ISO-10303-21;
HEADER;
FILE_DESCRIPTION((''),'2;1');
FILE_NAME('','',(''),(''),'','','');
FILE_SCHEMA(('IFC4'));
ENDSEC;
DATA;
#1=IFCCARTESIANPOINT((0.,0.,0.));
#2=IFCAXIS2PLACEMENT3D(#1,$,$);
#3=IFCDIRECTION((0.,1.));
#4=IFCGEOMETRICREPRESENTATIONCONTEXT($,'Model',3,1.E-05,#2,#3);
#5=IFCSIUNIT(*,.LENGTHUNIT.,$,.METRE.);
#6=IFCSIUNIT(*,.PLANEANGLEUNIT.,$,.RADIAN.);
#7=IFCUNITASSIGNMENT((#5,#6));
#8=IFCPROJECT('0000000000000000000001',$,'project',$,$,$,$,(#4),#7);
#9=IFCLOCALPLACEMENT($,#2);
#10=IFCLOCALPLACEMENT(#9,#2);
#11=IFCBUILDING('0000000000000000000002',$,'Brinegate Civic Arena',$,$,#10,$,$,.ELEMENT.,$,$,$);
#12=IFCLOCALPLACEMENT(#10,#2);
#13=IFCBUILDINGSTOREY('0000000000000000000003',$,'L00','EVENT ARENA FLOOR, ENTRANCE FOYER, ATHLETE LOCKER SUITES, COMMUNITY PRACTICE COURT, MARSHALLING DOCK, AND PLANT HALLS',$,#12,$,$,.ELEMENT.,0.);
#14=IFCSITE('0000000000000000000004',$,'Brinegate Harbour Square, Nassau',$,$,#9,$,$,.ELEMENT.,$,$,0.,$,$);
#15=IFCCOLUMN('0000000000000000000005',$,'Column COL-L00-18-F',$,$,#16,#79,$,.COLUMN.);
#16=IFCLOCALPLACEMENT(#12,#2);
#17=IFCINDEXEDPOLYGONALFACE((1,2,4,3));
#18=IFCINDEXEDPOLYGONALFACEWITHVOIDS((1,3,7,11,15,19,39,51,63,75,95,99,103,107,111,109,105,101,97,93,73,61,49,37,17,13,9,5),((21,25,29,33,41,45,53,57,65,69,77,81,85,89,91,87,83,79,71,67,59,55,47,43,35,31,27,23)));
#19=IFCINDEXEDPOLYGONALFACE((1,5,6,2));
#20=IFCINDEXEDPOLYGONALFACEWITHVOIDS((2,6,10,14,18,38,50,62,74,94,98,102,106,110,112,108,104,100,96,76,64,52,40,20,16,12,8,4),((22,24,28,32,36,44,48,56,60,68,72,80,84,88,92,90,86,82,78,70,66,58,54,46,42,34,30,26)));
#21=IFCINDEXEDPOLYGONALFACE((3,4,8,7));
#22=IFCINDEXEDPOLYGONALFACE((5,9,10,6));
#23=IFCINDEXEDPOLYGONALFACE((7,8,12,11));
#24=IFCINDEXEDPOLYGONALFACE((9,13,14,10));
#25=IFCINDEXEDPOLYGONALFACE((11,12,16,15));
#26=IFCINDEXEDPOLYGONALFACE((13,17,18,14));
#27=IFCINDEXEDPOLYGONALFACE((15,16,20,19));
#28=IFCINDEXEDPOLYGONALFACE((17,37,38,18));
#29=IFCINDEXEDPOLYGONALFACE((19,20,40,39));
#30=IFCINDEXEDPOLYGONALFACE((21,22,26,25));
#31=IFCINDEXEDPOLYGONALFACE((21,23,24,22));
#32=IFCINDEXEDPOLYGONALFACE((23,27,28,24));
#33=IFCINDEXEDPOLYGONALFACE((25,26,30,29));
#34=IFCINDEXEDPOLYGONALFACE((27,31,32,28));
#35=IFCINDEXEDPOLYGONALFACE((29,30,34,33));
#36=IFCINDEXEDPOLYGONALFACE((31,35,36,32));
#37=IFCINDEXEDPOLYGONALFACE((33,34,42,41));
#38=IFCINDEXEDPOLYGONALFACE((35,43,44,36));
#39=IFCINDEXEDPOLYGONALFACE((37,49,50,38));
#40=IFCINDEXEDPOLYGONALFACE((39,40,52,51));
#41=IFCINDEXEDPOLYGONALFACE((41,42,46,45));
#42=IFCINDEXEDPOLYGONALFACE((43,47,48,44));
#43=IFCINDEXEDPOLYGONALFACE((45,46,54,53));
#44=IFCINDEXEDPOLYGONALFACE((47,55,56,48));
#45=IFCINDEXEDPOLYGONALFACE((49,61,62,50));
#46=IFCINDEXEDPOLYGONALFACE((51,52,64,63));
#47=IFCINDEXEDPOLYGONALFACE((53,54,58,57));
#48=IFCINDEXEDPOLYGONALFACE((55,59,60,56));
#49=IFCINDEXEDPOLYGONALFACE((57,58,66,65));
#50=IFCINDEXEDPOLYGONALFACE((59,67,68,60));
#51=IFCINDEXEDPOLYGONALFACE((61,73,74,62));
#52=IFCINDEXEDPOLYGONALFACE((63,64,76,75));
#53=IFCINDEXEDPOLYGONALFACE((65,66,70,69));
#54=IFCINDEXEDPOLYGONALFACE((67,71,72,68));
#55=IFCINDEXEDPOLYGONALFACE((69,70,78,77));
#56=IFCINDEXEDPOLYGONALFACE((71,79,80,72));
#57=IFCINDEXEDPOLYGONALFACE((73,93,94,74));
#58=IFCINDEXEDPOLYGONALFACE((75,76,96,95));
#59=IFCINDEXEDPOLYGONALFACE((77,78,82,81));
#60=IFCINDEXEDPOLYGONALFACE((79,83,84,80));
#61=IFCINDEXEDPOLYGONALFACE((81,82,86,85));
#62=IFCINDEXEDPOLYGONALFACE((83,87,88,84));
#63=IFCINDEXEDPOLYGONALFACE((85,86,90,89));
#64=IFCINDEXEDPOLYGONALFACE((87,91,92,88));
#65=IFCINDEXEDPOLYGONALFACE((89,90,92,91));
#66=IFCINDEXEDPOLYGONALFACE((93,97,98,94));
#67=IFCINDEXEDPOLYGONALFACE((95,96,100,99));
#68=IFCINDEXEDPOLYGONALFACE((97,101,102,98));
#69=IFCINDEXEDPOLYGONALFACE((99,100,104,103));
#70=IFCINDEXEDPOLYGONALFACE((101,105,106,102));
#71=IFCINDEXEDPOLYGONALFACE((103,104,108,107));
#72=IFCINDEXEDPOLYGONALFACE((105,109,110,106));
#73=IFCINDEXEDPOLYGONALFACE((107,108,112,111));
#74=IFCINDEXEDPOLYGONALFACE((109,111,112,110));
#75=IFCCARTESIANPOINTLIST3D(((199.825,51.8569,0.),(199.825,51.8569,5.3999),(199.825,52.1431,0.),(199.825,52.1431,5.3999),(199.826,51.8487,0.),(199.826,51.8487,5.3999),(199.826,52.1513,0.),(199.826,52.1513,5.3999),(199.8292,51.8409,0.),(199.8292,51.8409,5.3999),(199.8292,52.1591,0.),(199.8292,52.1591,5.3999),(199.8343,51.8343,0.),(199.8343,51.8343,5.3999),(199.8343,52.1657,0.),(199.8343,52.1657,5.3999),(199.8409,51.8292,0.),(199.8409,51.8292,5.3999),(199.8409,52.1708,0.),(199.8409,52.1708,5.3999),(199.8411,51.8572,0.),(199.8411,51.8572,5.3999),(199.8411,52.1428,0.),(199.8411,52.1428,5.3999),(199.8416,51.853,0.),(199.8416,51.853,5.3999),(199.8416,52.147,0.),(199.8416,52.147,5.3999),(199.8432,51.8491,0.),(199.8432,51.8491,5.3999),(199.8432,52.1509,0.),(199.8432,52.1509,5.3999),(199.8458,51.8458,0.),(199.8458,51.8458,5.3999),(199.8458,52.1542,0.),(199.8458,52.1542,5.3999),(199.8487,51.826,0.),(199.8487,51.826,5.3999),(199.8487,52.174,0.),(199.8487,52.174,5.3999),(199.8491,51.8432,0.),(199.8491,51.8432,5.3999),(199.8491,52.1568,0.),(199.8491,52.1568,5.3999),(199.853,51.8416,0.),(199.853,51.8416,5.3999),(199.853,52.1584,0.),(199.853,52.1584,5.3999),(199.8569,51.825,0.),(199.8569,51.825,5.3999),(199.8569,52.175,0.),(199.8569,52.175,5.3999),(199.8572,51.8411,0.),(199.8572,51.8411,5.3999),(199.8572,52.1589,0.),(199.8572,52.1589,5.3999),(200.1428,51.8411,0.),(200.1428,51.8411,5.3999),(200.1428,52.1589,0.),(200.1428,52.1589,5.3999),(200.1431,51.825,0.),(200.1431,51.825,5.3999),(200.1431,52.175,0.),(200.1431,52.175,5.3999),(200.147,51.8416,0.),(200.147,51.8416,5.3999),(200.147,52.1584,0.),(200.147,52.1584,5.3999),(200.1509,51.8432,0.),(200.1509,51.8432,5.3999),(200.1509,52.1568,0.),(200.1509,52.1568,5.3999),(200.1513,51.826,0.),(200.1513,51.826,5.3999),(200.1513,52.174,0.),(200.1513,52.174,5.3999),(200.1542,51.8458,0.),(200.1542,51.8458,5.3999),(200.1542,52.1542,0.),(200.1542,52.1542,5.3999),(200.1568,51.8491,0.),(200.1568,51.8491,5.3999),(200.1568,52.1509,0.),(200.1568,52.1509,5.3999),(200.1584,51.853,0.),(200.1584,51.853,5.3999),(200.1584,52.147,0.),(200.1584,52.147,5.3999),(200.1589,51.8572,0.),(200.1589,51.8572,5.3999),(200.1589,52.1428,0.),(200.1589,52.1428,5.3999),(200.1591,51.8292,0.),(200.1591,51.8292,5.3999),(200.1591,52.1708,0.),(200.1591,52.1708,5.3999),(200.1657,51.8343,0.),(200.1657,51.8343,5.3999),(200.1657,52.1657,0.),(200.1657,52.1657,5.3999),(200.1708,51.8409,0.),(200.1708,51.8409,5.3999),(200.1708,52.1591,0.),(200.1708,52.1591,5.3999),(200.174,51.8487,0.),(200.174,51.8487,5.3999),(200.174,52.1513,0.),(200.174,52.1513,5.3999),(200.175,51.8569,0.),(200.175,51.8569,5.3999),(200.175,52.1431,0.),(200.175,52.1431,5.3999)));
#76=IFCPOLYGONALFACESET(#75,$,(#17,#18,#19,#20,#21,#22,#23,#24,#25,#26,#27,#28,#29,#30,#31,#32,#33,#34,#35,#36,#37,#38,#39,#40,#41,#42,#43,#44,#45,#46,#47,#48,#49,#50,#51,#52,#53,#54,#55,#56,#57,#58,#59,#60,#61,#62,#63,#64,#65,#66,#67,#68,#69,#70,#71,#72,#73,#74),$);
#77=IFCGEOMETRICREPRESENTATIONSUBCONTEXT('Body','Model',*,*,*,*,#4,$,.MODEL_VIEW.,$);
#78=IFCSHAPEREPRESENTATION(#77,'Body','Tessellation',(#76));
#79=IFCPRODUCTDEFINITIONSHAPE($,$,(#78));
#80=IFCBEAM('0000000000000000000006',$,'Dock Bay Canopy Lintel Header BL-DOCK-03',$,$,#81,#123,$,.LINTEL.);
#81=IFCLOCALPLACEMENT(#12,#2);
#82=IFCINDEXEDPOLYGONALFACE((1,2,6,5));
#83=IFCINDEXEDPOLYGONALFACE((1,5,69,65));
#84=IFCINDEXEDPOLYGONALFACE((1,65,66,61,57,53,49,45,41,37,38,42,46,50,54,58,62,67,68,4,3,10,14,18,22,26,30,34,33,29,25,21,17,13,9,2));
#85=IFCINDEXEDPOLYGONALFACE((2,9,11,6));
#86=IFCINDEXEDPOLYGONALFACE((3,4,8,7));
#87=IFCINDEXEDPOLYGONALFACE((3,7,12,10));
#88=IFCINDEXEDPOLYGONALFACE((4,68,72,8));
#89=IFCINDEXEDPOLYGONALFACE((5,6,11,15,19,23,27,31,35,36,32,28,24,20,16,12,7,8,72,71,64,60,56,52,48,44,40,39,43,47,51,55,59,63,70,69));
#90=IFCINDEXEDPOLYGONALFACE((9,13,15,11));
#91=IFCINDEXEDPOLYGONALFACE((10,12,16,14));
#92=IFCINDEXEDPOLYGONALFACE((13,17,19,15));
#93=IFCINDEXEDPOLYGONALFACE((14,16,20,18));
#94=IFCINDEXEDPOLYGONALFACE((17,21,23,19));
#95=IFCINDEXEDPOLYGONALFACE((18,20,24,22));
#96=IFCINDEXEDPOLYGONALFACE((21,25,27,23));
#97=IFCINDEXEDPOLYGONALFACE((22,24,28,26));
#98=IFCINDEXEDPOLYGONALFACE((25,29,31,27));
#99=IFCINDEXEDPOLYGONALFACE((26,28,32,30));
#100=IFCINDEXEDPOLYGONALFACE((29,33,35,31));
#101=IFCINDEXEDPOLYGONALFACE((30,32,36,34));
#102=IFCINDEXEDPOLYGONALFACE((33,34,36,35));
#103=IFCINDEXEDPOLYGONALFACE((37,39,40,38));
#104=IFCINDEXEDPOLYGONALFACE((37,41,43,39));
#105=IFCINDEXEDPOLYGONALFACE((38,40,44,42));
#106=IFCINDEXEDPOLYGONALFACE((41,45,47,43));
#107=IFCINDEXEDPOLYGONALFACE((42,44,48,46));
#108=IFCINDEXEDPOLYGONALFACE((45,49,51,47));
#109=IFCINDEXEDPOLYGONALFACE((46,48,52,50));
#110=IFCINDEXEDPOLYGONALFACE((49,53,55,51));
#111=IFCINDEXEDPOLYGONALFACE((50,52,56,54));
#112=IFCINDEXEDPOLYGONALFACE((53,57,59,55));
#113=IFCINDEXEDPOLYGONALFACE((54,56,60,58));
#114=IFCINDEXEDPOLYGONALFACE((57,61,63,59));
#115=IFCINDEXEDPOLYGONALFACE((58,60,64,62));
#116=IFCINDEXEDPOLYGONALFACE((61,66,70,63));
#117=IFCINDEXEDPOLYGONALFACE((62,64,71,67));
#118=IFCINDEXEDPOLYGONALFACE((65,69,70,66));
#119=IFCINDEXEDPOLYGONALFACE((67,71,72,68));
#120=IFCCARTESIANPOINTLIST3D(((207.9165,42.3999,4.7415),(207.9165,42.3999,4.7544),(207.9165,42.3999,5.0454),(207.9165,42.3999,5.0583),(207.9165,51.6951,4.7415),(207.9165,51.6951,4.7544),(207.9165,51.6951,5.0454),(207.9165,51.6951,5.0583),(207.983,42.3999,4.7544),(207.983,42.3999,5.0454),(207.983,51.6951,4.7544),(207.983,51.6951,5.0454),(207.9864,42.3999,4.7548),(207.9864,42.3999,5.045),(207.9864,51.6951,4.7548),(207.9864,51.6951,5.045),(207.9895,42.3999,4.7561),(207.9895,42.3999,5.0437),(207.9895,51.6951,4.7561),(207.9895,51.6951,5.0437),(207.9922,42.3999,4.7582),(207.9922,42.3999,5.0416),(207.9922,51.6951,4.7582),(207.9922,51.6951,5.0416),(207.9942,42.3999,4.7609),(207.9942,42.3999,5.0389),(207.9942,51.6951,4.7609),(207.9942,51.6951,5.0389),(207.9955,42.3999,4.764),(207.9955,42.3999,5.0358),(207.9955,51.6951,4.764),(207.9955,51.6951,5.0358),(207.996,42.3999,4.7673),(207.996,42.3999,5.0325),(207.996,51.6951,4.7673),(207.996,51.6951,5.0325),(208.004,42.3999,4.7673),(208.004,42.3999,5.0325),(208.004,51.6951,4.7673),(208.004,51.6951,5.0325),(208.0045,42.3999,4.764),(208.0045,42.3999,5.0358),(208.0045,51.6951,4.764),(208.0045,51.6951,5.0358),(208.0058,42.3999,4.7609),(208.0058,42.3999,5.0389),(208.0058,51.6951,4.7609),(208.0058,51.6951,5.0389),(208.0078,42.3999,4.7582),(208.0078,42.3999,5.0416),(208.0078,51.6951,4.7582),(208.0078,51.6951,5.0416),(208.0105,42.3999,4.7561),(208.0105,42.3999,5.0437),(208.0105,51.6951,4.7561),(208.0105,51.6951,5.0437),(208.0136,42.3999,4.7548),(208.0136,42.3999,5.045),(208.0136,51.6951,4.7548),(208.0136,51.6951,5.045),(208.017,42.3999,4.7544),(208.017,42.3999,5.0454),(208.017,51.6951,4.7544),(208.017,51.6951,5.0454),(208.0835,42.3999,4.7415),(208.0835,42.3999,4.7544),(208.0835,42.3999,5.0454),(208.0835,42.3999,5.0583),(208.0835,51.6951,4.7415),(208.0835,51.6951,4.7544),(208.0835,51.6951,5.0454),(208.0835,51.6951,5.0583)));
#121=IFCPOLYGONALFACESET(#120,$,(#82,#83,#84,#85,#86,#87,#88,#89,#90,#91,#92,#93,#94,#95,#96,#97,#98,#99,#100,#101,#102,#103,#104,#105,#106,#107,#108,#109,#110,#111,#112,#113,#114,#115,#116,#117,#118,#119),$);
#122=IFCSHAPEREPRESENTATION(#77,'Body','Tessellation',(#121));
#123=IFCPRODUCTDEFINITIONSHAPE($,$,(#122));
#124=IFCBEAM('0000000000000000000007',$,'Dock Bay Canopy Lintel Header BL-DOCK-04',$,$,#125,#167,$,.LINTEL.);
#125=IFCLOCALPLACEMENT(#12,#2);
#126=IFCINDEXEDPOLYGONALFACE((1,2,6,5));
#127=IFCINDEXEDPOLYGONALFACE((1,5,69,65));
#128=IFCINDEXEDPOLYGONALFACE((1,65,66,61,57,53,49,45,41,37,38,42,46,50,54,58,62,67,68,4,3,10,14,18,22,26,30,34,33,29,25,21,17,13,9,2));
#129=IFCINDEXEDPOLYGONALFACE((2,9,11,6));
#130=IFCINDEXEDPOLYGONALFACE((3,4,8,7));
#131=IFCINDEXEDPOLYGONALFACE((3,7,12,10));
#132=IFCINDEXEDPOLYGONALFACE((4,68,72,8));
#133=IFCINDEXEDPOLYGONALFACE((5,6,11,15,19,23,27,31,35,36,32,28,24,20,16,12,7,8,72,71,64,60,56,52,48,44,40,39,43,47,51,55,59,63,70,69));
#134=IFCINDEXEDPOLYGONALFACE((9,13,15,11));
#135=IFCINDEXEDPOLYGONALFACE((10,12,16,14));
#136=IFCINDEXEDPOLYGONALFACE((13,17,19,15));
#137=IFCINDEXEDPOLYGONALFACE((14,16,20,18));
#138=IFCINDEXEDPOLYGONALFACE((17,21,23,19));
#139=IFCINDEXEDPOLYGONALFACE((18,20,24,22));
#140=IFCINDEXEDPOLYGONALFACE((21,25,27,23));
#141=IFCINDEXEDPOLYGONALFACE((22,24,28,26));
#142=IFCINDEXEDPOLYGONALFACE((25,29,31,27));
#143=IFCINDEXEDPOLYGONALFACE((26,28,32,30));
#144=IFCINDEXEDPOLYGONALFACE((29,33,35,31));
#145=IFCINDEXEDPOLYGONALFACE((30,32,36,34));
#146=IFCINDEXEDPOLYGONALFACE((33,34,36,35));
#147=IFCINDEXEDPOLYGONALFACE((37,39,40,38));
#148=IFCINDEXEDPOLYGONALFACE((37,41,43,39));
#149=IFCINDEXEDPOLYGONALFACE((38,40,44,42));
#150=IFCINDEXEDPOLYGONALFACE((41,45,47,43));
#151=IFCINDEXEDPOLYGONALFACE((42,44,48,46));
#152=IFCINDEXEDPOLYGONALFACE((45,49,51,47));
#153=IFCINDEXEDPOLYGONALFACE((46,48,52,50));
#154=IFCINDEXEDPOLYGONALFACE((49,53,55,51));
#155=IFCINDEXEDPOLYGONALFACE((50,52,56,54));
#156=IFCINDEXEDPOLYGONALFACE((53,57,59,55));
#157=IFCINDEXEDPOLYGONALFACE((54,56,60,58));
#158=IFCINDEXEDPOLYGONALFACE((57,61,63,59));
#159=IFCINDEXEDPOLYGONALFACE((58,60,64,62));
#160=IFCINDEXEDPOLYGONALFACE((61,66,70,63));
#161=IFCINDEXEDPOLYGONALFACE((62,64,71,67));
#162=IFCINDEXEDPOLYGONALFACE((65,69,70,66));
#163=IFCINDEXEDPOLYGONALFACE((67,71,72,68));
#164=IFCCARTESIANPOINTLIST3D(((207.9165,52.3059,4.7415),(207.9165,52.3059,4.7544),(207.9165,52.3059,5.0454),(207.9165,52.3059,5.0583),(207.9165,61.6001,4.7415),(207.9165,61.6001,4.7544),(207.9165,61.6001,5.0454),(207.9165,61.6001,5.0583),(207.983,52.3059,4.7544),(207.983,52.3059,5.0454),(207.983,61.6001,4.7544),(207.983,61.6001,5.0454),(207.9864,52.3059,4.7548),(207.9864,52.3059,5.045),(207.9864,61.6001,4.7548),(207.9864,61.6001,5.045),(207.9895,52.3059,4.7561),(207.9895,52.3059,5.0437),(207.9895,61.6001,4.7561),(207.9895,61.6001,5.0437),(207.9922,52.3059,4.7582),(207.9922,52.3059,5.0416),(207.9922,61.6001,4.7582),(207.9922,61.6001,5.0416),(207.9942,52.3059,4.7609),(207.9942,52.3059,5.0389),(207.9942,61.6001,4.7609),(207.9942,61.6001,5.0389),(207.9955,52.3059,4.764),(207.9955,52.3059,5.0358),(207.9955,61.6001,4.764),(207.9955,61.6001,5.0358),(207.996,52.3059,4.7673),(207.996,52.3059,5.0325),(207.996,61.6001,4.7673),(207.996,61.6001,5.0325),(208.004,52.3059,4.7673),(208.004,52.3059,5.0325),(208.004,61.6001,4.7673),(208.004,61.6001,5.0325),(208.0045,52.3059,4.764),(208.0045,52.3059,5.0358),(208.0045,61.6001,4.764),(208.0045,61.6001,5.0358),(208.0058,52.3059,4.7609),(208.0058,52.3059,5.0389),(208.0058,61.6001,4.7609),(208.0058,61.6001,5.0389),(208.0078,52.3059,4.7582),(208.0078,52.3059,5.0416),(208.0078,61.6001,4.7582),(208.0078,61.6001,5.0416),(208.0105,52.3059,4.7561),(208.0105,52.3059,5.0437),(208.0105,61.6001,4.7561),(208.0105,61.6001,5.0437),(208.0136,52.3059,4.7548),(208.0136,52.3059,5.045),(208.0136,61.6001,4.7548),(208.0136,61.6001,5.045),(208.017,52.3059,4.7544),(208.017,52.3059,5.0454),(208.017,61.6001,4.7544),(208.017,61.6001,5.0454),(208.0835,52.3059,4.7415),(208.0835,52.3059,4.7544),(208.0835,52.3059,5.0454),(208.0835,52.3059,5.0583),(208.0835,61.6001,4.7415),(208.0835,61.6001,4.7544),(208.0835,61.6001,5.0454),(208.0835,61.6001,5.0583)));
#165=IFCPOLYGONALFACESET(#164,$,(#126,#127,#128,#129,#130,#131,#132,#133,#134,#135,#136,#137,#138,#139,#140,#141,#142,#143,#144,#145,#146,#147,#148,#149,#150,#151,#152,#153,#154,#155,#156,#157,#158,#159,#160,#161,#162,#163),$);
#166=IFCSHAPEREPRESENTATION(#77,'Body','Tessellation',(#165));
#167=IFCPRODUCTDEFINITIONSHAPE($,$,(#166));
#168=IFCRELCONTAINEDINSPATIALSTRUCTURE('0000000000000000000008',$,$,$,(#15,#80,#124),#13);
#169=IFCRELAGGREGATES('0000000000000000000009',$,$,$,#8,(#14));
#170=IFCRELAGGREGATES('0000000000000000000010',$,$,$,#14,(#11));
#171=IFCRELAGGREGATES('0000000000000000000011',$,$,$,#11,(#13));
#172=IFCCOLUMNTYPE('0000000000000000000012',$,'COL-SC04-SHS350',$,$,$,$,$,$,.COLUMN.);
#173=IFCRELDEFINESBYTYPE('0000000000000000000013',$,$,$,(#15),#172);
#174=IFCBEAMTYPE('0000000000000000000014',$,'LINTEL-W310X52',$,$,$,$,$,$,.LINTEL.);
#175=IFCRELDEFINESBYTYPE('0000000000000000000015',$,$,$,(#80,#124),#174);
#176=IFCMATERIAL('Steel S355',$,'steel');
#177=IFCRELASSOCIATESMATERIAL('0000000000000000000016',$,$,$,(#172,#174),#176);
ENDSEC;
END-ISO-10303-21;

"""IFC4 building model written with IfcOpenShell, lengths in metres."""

from ifc_helpers import new_model, si_unit, direction, frame, origin, origin_2d, place, context, subcontext, project, spatial, hollow_rectangle, i_section, extrude, material, material_profile, profile_set, type_object, element, save


model = new_model("IFC4")

# Units and contexts
model_context = context("Model", 3, precision=1e-05, world=origin(), true_north=direction((0.0, 1.0)))
body_context = subcontext(model_context, "Body", "Model", "MODEL_VIEW")
ifc_project = project(units=[si_unit("LENGTHUNIT", "METRE"), si_unit("PLANEANGLEUNIT", "RADIAN")], contexts=[model_context])

# Site, building, storey
site_placement = place(None, origin())
site = spatial("IfcSite", under=ifc_project, at=site_placement, Name="Brinegate Harbour Square, Nassau", CompositionType="ELEMENT", RefElevation=0.0)
building_placement = place(site_placement, origin())
building = spatial("IfcBuilding", under=site, at=building_placement, Name="Brinegate Civic Arena", CompositionType="ELEMENT")
storey_placement = place(building_placement, origin())
storey = spatial("IfcBuildingStorey", under=building, at=storey_placement, Name="L00", Description="EVENT ARENA FLOOR, ENTRANCE FOYER, ATHLETE LOCKER SUITES, COMMUNITY PRACTICE COURT, MARSHALLING DOCK, AND PLANT HALLS", CompositionType="ELEMENT", Elevation=0.0)

# Column
ifc_material_1 = material(Name="Steel S355", Category="steel")
ifc_material_profile_1 = material_profile(ifc_material_1, hollow_rectangle(XDim=0.3501, YDim=0.3501, WallThickness=0.0161, InnerFilletRadius=0.0161, OuterFilletRadius=0.032, at=origin_2d()), Name="SHS350X16")
ifc_profile_set_1 = profile_set([ifc_material_profile_1], Name="Steel S355")
column_type_1 = type_object("IfcColumnType", Name="COL-SC04-SHS350", PredefinedType="COLUMN", material=ifc_profile_set_1)
column_1_placement = place(storey_placement, frame((200.0, 52.0, 0.0), z_axis=(0.0, 0.0, 1.0), x_axis=(1.0, 0.0, 0.0)))
element("IfcColumn", 1, at=column_1_placement, inside=storey, type_object=column_type_1, Name="Column COL-L00-18-F", PredefinedType="COLUMN", context=body_context, shape_type="SweptSolid", body=[
    extrude(hollow_rectangle(XDim=0.3501, YDim=0.3501, WallThickness=0.0161, InnerFilletRadius=0.0161, OuterFilletRadius=0.032, at=origin_2d()), origin(), (0.0, 0.0, 1.0), 5.3999),
])

# Beams
ifc_material_profile_2 = material_profile(ifc_material_1, i_section(OverallWidth=0.167, OverallDepth=0.3169, WebThickness=0.0081, FlangeThickness=0.0129, FilletRadius=0.0129, at=origin_2d()), Name="W310X52")
ifc_profile_set_2 = profile_set([ifc_material_profile_2], Name="Steel S355")
beam_type = type_object("IfcBeamType", Name="LINTEL-W310X52", PredefinedType="LINTEL", material=ifc_profile_set_2)
beam_1_placement = place(storey_placement, frame((208.0, 42.3999, 4.8999), z_axis=(0.0, 1.0, 0.0), x_axis=(-1.0, 0.0, 0.0)))
element("IfcBeam", 2, at=beam_1_placement, inside=storey, type_object=beam_type, Name="Dock Bay Canopy Lintel Header BL-DOCK-03", PredefinedType="LINTEL", context=body_context, shape_type="SweptSolid", body=[
    extrude(i_section(OverallWidth=0.167, OverallDepth=0.3169, WebThickness=0.0081, FlangeThickness=0.0129, FilletRadius=0.0129, at=origin_2d()), origin(), (0.0, 0.0, 1.0), 9.2952),
])
beam_2_placement = place(storey_placement, frame((208.0, 52.3059, 4.8999), z_axis=(0.0, 1.0, 0.0), x_axis=(-1.0, 0.0, 0.0)))
element("IfcBeam", 3, at=beam_2_placement, inside=storey, type_object=beam_type, Name="Dock Bay Canopy Lintel Header BL-DOCK-04", PredefinedType="LINTEL", context=body_context, shape_type="SweptSolid", body=[
    extrude(i_section(OverallWidth=0.167, OverallDepth=0.3169, WebThickness=0.0081, FlangeThickness=0.0129, FilletRadius=0.0129, at=origin_2d()), origin(), (0.0, 0.0, 1.0), 9.2942),
])

save(model, "model.ifc")
